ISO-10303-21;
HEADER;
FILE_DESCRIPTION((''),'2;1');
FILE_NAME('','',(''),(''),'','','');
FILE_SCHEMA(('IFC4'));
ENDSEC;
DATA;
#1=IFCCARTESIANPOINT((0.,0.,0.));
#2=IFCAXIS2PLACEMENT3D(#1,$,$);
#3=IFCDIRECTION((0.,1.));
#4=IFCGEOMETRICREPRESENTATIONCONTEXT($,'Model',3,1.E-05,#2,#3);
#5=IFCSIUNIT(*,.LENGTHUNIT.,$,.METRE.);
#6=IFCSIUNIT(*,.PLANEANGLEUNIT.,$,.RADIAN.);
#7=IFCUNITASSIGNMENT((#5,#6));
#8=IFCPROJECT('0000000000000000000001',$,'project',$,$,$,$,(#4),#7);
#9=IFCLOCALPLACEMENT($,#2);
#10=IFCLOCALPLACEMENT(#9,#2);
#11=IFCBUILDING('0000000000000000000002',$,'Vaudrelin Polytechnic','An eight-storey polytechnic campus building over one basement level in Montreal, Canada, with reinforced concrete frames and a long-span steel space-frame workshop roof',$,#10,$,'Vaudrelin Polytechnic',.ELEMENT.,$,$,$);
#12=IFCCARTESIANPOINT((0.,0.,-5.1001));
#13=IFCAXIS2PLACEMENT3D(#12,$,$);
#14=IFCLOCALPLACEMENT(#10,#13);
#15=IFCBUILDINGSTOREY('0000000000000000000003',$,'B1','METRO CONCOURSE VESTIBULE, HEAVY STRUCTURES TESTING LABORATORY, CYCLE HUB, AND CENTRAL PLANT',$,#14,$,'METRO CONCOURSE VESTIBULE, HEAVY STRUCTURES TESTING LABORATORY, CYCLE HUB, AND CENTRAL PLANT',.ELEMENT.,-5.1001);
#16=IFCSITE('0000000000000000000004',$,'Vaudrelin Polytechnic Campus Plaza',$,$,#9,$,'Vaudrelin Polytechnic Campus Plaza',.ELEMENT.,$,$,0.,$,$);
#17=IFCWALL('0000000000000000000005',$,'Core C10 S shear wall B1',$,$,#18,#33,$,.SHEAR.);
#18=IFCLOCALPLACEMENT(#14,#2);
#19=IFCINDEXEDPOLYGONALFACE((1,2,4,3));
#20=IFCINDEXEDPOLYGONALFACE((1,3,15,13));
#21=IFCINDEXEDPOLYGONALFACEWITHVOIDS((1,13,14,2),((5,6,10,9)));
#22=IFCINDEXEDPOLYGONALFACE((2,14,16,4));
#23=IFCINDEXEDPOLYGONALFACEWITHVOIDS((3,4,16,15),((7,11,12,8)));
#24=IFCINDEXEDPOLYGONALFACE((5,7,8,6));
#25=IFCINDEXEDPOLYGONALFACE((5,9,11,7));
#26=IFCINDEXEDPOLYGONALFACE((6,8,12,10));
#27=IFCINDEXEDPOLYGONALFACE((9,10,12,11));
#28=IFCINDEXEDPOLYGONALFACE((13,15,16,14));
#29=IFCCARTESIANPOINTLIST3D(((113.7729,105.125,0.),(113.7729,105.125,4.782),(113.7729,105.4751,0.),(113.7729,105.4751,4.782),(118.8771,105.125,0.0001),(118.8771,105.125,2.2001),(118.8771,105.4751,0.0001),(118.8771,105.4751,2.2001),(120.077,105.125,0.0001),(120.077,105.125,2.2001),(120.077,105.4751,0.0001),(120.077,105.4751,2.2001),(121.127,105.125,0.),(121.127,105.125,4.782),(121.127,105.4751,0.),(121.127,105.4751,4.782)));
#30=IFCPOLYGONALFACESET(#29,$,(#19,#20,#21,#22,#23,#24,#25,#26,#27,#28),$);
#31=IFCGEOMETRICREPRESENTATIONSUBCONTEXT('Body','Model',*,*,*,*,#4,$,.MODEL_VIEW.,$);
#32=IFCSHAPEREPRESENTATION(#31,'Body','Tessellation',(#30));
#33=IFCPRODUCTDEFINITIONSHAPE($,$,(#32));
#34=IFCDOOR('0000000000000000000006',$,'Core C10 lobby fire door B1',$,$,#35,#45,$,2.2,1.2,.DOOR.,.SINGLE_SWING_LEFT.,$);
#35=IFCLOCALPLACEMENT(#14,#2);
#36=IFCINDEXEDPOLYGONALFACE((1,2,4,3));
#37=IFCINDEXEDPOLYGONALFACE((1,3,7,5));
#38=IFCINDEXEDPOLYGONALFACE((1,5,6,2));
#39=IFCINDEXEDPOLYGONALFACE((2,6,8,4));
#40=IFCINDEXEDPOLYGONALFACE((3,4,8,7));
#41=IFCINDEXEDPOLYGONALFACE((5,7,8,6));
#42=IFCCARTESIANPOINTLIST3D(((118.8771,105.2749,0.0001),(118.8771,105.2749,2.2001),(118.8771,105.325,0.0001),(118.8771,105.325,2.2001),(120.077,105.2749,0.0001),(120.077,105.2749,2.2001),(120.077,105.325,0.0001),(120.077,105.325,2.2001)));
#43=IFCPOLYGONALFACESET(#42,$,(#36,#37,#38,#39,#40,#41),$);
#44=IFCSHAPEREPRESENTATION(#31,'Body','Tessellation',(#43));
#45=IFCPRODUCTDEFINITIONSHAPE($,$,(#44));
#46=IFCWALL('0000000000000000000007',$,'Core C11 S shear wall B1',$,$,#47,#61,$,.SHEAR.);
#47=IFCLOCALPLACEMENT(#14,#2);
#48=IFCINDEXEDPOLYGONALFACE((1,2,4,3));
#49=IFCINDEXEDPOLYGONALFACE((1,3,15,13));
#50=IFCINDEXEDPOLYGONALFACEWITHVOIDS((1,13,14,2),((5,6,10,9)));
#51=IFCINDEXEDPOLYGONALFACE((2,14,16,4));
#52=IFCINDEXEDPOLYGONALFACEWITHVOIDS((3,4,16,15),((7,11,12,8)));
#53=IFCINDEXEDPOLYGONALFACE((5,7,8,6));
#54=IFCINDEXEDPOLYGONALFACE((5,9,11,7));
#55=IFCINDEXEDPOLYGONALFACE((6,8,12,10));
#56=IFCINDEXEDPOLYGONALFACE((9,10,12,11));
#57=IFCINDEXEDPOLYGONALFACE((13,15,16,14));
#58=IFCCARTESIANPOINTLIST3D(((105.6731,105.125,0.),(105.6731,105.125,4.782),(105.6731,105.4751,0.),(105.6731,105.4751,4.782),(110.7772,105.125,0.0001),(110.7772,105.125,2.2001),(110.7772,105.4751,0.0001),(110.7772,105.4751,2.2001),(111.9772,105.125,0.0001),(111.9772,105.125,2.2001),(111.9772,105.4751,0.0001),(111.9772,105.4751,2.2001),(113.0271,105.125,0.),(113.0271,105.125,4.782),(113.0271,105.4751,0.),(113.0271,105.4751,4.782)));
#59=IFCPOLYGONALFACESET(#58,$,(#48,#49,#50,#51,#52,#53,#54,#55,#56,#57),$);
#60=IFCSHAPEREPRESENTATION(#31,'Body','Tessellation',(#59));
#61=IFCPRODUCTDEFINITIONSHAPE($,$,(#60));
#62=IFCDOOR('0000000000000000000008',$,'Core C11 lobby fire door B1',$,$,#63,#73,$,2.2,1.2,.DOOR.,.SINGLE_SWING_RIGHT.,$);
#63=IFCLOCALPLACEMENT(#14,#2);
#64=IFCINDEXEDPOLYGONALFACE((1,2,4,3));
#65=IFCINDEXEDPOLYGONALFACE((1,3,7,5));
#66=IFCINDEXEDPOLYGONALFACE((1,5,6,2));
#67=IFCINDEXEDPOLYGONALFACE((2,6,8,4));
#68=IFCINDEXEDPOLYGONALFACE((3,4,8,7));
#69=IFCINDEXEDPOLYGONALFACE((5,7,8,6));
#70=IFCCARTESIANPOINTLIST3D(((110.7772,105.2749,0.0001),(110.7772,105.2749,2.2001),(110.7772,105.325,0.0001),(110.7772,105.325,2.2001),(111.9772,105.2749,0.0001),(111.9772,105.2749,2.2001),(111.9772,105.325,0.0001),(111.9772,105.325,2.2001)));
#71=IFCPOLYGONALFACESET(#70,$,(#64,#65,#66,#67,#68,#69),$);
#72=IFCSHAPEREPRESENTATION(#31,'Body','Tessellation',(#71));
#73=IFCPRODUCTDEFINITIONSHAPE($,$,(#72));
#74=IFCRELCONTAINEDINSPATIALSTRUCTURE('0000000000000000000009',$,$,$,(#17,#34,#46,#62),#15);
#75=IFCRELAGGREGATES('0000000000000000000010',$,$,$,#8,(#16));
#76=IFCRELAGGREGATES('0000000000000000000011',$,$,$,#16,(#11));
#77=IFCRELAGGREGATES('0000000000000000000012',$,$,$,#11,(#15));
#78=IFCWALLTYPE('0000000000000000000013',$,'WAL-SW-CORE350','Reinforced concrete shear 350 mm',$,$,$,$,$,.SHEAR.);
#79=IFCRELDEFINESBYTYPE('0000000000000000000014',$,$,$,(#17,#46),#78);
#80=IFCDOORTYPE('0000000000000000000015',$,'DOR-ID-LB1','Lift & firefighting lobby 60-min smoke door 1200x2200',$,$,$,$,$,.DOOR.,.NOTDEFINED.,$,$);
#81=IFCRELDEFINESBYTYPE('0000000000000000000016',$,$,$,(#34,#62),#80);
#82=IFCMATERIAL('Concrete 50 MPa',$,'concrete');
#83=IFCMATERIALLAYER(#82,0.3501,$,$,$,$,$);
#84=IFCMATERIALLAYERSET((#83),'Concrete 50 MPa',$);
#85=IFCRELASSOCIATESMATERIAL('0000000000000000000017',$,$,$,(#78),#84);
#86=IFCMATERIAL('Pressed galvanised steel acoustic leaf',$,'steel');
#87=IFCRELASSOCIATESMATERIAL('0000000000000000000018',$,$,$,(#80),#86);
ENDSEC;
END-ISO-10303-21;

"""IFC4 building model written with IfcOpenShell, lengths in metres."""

from ifc_helpers import new_model, si_unit, direction, frame, frame_2d, origin, place, context, subcontext, project, spatial, rectangle, extrude, material, layer, layer_set, type_object, element, fill, save


model = new_model("IFC4")

# Units and contexts
model_context = context("Model", 3, precision=1e-05, world=origin(), true_north=direction((0.0, 1.0)))
body_context = subcontext(model_context, "Body", "Model", "MODEL_VIEW")
ifc_project = project(units=[si_unit("LENGTHUNIT", "METRE"), si_unit("PLANEANGLEUNIT", "RADIAN")], contexts=[model_context])

# Site, building, storey
site_placement = place(None, origin())
site = spatial("IfcSite", under=ifc_project, at=site_placement, Name="Vaudrelin Polytechnic Campus Plaza", LongName="Vaudrelin Polytechnic Campus Plaza", CompositionType="ELEMENT", RefElevation=0.0)
building_placement = place(site_placement, origin())
building = spatial("IfcBuilding", under=site, at=building_placement, Name="Vaudrelin Polytechnic", Description="An eight-storey polytechnic campus building over one basement level in Montreal, Canada, with reinforced concrete frames and a long-span steel space-frame workshop roof", LongName="Vaudrelin Polytechnic", CompositionType="ELEMENT")
storey_placement = place(building_placement, frame((0.0, 0.0, -5.1001)))
storey = spatial("IfcBuildingStorey", under=building, at=storey_placement, Name="B1", Description="METRO CONCOURSE VESTIBULE, HEAVY STRUCTURES TESTING LABORATORY, CYCLE HUB, AND CENTRAL PLANT", LongName="METRO CONCOURSE VESTIBULE, HEAVY STRUCTURES TESTING LABORATORY, CYCLE HUB, AND CENTRAL PLANT", CompositionType="ELEMENT", Elevation=-5.1001)

# Shared definitions
ifc_material_1 = material(Name="Concrete 50 MPa", Category="concrete")

# Walls, openings, doors
ifc_material_2 = material(Name="Pressed galvanised steel acoustic leaf", Category="steel")
ifc_layer_1 = layer(ifc_material_1, 0.3501)
ifc_layer_set_1 = layer_set([ifc_layer_1], Name="Concrete 50 MPa")
wall_type_1 = type_object("IfcWallType", Name="WAL-SW-CORE350", Description="Reinforced concrete shear 350 mm", PredefinedType="SHEAR", material=ifc_layer_set_1)
wall_1_placement = place(storey_placement, frame((113.7729, 105.3, 0.0), z_axis=(0.0, 0.0, 1.0), x_axis=(1.0, 0.0, 0.0)))
wall_1 = element("IfcWall", 1, at=wall_1_placement, inside=storey, type_object=wall_type_1, Name="Core C10 S shear wall B1", PredefinedType="SHEAR", context=body_context, shape_type="SweptSolid", body=[
    extrude(rectangle(XDim=7.354, YDim=0.3501, at=frame_2d((3.677, 0.0))), origin(), (0.0, 0.0, 1.0), 4.782),
])
opening_1_placement = place(wall_1_placement, frame((5.104, 0.0, 0.0)))
opening_1 = element("IfcOpeningElement", 2, at=opening_1_placement, cuts=wall_1, PredefinedType="OPENING", context=body_context, shape_type="SweptSolid", body=[
    extrude(rectangle(XDim=1.2, YDim=2.2, at=frame_2d((0.6001, 1.1001))), frame((0.0, 0.1851, 0.0), z_axis=(0.0, -1.0, 0.0), x_axis=(1.0, 0.0, 0.0)), (0.0, 0.0, 1.0), 0.3701),
])
door_type_1 = type_object("IfcDoorType", Name="DOR-ID-LB1", Description="Lift & firefighting lobby 60-min smoke door 1200x2200", OperationType="NOTDEFINED", PredefinedType="DOOR", material=ifc_material_2)
door_1_placement = place(opening_1_placement, origin())
door_1 = element("IfcDoor", 3, at=door_1_placement, inside=storey, type_object=door_type_1, Name="Core C10 lobby fire door B1", OperationType="SINGLE_SWING_LEFT", OverallHeight=2.2, OverallWidth=1.2, PredefinedType="DOOR", context=body_context, shape_type="SweptSolid", body=[
    extrude(rectangle(XDim=1.2, YDim=2.2, at=frame_2d((0.6001, 1.1001))), frame((0.0, 0.0249, 0.0), z_axis=(0.0, -1.0, 0.0), x_axis=(1.0, 0.0, 0.0)), (0.0, 0.0, 1.0), 0.05),
])
fill(opening_1, door_1)
wall_2_placement = place(storey_placement, frame((105.6731, 105.3, 0.0), z_axis=(0.0, 0.0, 1.0), x_axis=(1.0, 0.0, 0.0)))
wall_2 = element("IfcWall", 4, at=wall_2_placement, inside=storey, type_object=wall_type_1, Name="Core C11 S shear wall B1", PredefinedType="SHEAR", context=body_context, shape_type="SweptSolid", body=[
    extrude(rectangle(XDim=7.354, YDim=0.3501, at=frame_2d((3.677, 0.0))), origin(), (0.0, 0.0, 1.0), 4.782),
])
opening_2_placement = place(wall_2_placement, frame((5.104, 0.0, 0.0)))
opening_2 = element("IfcOpeningElement", 5, at=opening_2_placement, cuts=wall_2, PredefinedType="OPENING", context=body_context, shape_type="SweptSolid", body=[
    extrude(rectangle(XDim=1.2, YDim=2.2, at=frame_2d((0.6001, 1.1001))), frame((0.0, 0.1851, 0.0), z_axis=(0.0, -1.0, 0.0), x_axis=(1.0, 0.0, 0.0)), (0.0, 0.0, 1.0), 0.3701),
])
door_2_placement = place(opening_2_placement, origin())
door_2 = element("IfcDoor", 6, at=door_2_placement, inside=storey, type_object=door_type_1, Name="Core C11 lobby fire door B1", OperationType="SINGLE_SWING_RIGHT", OverallHeight=2.2, OverallWidth=1.2, PredefinedType="DOOR", context=body_context, shape_type="SweptSolid", body=[
    extrude(rectangle(XDim=1.2, YDim=2.2, at=frame_2d((0.6001, 1.1001))), frame((0.0, 0.0249, 0.0), z_axis=(0.0, -1.0, 0.0), x_axis=(1.0, 0.0, 0.0)), (0.0, 0.0, 1.0), 0.05),
])
fill(opening_2, door_2)

save(model, "model.ifc")
